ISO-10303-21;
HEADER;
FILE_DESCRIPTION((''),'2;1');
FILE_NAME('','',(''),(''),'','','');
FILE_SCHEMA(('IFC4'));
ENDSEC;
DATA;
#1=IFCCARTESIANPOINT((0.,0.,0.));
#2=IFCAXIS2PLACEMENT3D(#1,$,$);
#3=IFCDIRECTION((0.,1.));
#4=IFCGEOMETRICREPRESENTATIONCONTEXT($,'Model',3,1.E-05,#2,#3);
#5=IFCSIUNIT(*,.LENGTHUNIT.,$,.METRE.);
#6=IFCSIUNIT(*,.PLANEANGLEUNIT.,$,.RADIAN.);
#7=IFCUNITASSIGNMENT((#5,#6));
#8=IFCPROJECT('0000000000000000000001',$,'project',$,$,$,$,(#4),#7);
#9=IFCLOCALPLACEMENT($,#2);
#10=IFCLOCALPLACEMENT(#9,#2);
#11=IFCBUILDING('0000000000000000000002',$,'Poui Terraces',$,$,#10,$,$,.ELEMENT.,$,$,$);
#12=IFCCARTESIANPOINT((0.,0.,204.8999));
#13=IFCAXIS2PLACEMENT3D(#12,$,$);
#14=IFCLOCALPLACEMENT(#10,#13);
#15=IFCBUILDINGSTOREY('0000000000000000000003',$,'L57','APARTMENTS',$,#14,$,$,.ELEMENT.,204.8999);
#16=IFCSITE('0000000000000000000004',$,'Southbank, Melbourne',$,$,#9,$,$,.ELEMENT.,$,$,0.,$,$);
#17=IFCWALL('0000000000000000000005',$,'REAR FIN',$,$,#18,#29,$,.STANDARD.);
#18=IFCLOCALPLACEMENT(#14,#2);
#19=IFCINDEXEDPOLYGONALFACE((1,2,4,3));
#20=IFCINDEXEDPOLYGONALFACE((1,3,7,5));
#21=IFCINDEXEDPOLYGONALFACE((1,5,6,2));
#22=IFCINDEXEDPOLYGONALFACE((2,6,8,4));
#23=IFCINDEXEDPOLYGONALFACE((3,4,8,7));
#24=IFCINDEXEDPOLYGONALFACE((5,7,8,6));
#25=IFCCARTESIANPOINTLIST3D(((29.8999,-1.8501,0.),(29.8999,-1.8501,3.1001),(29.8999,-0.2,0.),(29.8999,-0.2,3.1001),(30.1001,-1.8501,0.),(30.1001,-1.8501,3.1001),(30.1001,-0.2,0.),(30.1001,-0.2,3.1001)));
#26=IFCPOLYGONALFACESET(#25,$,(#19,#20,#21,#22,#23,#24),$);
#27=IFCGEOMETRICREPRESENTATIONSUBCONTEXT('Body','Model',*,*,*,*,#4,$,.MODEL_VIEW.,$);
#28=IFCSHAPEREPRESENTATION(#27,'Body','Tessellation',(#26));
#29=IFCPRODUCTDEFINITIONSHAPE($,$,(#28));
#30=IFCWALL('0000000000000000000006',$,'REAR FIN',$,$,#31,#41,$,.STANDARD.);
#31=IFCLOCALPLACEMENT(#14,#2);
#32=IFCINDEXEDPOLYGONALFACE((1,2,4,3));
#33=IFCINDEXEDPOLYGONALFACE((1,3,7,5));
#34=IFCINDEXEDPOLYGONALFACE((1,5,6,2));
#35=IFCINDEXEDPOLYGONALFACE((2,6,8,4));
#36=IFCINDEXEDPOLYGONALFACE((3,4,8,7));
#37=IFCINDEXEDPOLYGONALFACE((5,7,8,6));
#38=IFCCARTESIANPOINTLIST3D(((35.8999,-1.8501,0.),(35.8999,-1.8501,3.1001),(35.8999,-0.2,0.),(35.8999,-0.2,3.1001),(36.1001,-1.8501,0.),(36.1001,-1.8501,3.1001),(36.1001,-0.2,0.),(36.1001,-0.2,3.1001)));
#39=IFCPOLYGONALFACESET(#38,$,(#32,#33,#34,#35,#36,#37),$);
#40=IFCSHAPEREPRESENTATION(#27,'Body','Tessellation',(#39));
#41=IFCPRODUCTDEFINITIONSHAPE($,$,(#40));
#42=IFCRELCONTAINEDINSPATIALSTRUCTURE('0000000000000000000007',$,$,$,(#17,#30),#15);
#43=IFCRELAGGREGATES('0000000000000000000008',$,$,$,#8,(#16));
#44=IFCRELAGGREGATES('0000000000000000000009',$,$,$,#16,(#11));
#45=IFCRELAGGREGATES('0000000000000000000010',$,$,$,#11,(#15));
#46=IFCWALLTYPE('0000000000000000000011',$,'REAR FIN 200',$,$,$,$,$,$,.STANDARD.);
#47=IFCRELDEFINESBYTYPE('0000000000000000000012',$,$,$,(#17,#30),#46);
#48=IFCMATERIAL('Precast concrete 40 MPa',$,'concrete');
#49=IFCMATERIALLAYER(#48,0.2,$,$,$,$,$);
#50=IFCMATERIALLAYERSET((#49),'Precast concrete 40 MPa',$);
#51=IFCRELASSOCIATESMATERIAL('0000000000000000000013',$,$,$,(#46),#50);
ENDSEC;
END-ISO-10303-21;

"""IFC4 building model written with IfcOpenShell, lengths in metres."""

from ifc_helpers import new_model, si_unit, direction, frame, origin, place, context, subcontext, project, spatial, polyline, outline, extrude, source, transform, mapped, material, layer, layer_set, type_object, element, save


model = new_model("IFC4")

# Units and contexts
model_context = context("Model", 3, precision=1e-05, world=origin(), true_north=direction((0.0, 1.0)))
body_context = subcontext(model_context, "Body", "Model", "MODEL_VIEW")
ifc_project = project(units=[si_unit("LENGTHUNIT", "METRE"), si_unit("PLANEANGLEUNIT", "RADIAN")], contexts=[model_context])

# Site, building, storey
site_placement = place(None, origin())
site = spatial("IfcSite", under=ifc_project, at=site_placement, Name="Southbank, Melbourne", CompositionType="ELEMENT", RefElevation=0.0)
building_placement = place(site_placement, origin())
building = spatial("IfcBuilding", under=site, at=building_placement, Name="Poui Terraces", CompositionType="ELEMENT")
storey_placement = place(building_placement, frame((0.0, 0.0, 204.8999)))
storey = spatial("IfcBuildingStorey", under=building, at=storey_placement, Name="L57", Description="APARTMENTS", CompositionType="ELEMENT", Elevation=204.8999)

# Shared definitions
ifc_material_1 = material(Name="Precast concrete 40 MPa", Category="concrete")

# Walls
ifc_layer_1 = layer(ifc_material_1, 0.2)
ifc_layer_set_1 = layer_set([ifc_layer_1], Name="Precast concrete 40 MPa")
wall_type_1 = type_object("IfcWallType", Name="REAR FIN 200", PredefinedType="STANDARD", material=ifc_layer_set_1)
shared_shape_1 = source(origin(), body_context, "Body", "SweptSolid", [
    extrude(outline(polyline([(0.0, 0.0), (0.2002, 0.0), (0.2002, 1.6501), (0.0, 1.6501), (0.0, 0.0)])), origin(), (0.0, 0.0, 1.0), 3.1001),
])
for number, where, name in (
    (1, (29.8999, -1.8501, 0.0), "REAR FIN"),
    (2, (35.8999, -1.8501, 0.0), "REAR FIN"),
):
    element("IfcWall", number, at=place(storey_placement, frame(where)), inside=storey, type_object=wall_type_1, Name=name, PredefinedType="STANDARD", context=body_context, shape_type="MappedRepresentation", body=[
        mapped(shared_shape_1, transform((0.0, 0.0, 0.0))),
    ])

save(model, "model.ifc")
